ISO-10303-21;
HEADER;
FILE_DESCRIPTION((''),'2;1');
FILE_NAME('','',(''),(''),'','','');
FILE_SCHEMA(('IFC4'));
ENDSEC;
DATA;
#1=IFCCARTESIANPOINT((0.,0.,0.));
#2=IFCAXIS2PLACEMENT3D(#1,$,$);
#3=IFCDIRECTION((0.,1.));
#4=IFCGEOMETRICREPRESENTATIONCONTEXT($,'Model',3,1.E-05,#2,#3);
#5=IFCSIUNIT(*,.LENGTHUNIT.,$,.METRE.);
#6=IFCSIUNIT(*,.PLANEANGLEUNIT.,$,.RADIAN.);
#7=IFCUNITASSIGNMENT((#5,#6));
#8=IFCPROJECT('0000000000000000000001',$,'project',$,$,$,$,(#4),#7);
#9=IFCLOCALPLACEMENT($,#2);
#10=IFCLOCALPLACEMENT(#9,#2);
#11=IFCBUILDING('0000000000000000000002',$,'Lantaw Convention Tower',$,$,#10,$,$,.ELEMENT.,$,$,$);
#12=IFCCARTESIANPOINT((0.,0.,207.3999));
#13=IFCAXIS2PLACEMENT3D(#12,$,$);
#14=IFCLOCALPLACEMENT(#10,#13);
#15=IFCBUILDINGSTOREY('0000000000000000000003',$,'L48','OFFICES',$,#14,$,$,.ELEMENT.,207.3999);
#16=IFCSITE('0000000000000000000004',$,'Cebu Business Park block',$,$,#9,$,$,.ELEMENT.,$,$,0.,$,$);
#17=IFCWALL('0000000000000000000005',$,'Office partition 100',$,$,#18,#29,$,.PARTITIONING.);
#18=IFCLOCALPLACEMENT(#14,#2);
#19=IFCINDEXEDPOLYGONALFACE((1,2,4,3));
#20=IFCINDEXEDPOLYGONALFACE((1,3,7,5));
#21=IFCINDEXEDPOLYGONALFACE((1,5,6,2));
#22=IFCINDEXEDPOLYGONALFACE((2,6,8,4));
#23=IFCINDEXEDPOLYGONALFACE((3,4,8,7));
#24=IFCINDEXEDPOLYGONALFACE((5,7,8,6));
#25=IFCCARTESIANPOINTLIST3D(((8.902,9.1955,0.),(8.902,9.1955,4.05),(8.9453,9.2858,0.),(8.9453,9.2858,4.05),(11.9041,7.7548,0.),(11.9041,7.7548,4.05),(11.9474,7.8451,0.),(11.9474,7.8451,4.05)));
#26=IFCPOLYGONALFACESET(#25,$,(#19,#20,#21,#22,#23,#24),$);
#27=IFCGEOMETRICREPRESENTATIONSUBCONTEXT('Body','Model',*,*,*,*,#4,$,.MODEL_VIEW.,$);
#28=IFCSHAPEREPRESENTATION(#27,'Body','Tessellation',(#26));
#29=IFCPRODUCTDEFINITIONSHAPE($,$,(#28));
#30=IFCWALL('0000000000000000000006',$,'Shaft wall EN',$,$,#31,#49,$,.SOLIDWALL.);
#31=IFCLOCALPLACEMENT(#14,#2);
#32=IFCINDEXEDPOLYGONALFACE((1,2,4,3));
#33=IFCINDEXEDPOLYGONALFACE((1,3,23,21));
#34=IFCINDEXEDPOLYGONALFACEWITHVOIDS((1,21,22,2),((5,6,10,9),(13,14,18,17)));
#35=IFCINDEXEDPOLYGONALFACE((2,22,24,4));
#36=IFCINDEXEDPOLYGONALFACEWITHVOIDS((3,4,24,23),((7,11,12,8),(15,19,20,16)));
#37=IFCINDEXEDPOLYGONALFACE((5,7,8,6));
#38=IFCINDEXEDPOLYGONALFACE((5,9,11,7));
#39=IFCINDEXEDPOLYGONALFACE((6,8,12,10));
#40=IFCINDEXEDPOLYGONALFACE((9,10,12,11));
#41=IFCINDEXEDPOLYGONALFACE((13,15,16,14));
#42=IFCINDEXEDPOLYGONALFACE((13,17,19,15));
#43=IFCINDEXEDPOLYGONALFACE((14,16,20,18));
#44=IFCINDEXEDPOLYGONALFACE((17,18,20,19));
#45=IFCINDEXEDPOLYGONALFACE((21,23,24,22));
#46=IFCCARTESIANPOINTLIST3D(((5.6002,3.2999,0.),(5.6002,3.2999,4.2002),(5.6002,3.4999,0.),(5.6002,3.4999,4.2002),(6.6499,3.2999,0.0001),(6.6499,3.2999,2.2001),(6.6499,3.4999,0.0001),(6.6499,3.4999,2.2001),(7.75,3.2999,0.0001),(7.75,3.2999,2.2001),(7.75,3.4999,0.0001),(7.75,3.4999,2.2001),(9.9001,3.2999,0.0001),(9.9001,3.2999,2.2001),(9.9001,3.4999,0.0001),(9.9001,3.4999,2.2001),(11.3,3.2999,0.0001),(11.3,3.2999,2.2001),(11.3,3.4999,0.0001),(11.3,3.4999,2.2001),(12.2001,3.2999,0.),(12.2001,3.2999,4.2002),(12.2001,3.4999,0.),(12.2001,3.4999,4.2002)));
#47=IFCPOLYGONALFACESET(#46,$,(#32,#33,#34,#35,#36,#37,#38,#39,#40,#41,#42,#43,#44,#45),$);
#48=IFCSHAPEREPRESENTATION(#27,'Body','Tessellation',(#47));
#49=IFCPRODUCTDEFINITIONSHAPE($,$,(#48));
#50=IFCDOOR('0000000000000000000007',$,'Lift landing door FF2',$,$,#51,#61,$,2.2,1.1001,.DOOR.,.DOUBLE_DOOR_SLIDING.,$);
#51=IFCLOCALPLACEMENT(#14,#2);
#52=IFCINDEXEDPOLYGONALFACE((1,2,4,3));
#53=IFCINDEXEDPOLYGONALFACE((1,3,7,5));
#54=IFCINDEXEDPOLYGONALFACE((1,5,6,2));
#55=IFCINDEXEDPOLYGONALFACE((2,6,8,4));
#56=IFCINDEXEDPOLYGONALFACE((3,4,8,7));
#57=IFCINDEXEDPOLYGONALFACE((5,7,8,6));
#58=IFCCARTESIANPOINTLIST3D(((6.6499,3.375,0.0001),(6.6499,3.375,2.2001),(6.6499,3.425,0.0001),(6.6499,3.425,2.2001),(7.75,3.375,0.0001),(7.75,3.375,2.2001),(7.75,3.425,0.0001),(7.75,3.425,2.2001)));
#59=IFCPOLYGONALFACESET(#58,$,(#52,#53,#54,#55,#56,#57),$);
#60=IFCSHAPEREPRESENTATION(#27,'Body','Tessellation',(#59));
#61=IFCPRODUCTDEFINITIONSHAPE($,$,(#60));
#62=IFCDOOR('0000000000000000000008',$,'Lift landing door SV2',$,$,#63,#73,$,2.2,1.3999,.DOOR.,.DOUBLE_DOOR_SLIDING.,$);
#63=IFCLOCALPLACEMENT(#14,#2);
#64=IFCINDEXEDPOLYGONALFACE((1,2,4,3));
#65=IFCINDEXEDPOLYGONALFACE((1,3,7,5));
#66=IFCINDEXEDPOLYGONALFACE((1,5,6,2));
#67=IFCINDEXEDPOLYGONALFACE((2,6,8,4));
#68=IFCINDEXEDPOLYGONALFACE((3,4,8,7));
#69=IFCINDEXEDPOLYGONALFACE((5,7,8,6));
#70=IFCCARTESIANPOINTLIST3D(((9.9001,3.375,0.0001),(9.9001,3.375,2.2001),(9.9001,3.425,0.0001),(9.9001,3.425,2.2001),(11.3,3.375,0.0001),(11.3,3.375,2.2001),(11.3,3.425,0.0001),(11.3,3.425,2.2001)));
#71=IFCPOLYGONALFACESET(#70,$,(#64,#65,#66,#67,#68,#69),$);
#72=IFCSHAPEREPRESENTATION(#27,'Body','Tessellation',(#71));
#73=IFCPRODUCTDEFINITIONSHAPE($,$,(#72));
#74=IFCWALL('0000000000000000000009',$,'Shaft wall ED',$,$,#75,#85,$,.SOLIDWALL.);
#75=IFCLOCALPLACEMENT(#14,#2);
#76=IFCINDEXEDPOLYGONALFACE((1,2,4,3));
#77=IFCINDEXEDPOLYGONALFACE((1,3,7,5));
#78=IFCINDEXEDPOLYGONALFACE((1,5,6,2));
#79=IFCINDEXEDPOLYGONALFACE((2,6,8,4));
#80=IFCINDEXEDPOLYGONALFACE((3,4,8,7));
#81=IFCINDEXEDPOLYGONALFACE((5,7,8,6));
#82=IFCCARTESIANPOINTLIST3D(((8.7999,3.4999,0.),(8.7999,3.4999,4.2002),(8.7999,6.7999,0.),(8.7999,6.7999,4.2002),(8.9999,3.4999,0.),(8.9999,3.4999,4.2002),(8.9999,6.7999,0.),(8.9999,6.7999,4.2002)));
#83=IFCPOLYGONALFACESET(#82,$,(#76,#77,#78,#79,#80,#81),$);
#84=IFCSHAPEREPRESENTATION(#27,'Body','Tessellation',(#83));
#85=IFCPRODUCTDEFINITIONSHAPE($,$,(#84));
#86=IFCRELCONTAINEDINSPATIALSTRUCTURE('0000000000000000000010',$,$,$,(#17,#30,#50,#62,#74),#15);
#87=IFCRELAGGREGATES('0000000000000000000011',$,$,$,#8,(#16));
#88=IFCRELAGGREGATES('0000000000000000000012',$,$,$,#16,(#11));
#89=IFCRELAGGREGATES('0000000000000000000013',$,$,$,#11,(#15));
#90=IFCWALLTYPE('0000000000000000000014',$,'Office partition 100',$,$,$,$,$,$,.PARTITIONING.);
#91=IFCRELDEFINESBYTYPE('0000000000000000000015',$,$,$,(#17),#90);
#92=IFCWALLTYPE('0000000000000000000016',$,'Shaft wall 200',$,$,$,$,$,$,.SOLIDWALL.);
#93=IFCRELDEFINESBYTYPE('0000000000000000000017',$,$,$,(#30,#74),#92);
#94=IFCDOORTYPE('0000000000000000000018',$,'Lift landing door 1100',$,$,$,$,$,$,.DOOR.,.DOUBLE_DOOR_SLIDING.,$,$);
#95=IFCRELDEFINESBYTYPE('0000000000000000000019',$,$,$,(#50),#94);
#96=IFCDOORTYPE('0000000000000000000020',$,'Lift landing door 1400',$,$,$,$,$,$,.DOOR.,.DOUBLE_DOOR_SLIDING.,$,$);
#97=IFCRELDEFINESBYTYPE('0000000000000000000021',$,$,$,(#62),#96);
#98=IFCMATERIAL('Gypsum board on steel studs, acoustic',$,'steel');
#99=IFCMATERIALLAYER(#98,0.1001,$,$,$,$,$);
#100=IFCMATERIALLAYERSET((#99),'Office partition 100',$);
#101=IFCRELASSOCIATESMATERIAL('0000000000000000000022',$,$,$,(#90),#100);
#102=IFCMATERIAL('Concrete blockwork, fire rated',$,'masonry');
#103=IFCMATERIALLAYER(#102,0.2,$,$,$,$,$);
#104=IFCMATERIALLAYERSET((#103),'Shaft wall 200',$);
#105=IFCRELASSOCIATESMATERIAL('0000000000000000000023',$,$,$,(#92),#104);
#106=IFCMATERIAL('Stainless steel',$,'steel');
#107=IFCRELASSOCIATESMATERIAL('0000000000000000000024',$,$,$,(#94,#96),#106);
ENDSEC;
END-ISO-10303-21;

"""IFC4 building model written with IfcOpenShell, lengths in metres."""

from ifc_helpers import new_model, si_unit, direction, frame, frame_2d, origin, place, context, subcontext, project, spatial, rectangle, extrude, material, layer, layer_set, type_object, element, fill, save


model = new_model("IFC4")

# Units and contexts
model_context = context("Model", 3, precision=1e-05, world=origin(), true_north=direction((0.0, 1.0)))
body_context = subcontext(model_context, "Body", "Model", "MODEL_VIEW")
ifc_project = project(units=[si_unit("LENGTHUNIT", "METRE"), si_unit("PLANEANGLEUNIT", "RADIAN")], contexts=[model_context])

# Site, building, storey
site_placement = place(None, origin())
site = spatial("IfcSite", under=ifc_project, at=site_placement, Name="Cebu Business Park block", CompositionType="ELEMENT", RefElevation=0.0)
building_placement = place(site_placement, origin())
building = spatial("IfcBuilding", under=site, at=building_placement, Name="Lantaw Convention Tower", CompositionType="ELEMENT")
storey_placement = place(building_placement, frame((0.0, 0.0, 207.3999)))
storey = spatial("IfcBuildingStorey", under=building, at=storey_placement, Name="L48", Description="OFFICES", CompositionType="ELEMENT", Elevation=207.3999)

# Shared definitions
ifc_material_1 = material(Name="Gypsum board on steel studs, acoustic", Category="steel")
ifc_layer_1 = layer(ifc_material_1, 0.1001)
ifc_layer_set_1 = layer_set([ifc_layer_1], Name="Office partition 100")
wall_type_1 = type_object("IfcWallType", Name="Office partition 100", PredefinedType="PARTITIONING", material=ifc_layer_set_1)

# Wall
wall_1_placement = place(storey_placement, frame((8.9236, 9.2407, 0.0), z_axis=(0.0, 0.0, 1.0), x_axis=(0.901554, -0.432667, 0.0)))
element("IfcWall", 1, at=wall_1_placement, inside=storey, type_object=wall_type_1, Name="Office partition 100", PredefinedType="PARTITIONING", context=body_context, shape_type="SweptSolid", body=[
    extrude(rectangle(XDim=3.3298, YDim=0.1001, at=frame_2d((1.665, 0.0))), origin(), (0.0, 0.0, 1.0), 4.05),
])

# Wall, openings, doors
ifc_material_2 = material(Name="Concrete blockwork, fire rated", Category="masonry")
ifc_layer_2 = layer(ifc_material_2, 0.2)
ifc_layer_set_2 = layer_set([ifc_layer_2], Name="Shaft wall 200")
wall_type_2 = type_object("IfcWallType", Name="Shaft wall 200", PredefinedType="SOLIDWALL", material=ifc_layer_set_2)
wall_2_placement = place(storey_placement, frame((12.2, 3.3999, 0.0), z_axis=(0.0, 0.0, 1.0), x_axis=(-1.0, 0.0, 0.0)))
wall_2 = element("IfcWall", 2, at=wall_2_placement, inside=storey, type_object=wall_type_2, Name="Shaft wall EN", PredefinedType="SOLIDWALL", context=body_context, shape_type="SweptSolid", body=[
    extrude(rectangle(XDim=6.5999, YDim=0.2, at=frame_2d((3.2998, 0.0))), origin(), (0.0, 0.0, 1.0), 4.2002),
])
opening_1_placement = place(wall_2_placement, frame((4.45, 0.0, 0.0)))
opening_1 = element("IfcOpeningElement", 3, at=opening_1_placement, cuts=wall_2, PredefinedType="OPENING", context=body_context, shape_type="SweptSolid", body=[
    extrude(rectangle(XDim=1.1001, YDim=2.2, at=frame_2d((0.55, 1.1001))), frame((0.0, 0.1099, 0.0), z_axis=(0.0, -1.0, 0.0), x_axis=(1.0, 0.0, 0.0)), (0.0, 0.0, 1.0), 0.22),
])
opening_2_placement = place(wall_2_placement, frame((0.8999, 0.0, 0.0)))
opening_2 = element("IfcOpeningElement", 4, at=opening_2_placement, cuts=wall_2, PredefinedType="OPENING", context=body_context, shape_type="SweptSolid", body=[
    extrude(rectangle(XDim=1.3999, YDim=2.2, at=frame_2d((0.7, 1.1001))), frame((0.0, 0.1099, 0.0), z_axis=(0.0, -1.0, 0.0), x_axis=(1.0, 0.0, 0.0)), (0.0, 0.0, 1.0), 0.22),
])
ifc_material_3 = material(Name="Stainless steel", Category="steel")
door_type_1 = type_object("IfcDoorType", Name="Lift landing door 1100", OperationType="DOUBLE_DOOR_SLIDING", PredefinedType="DOOR", material=ifc_material_3)
door_1_placement = place(opening_1_placement, origin())
door_1 = element("IfcDoor", 5, at=door_1_placement, inside=storey, type_object=door_type_1, Name="Lift landing door FF2", OperationType="DOUBLE_DOOR_SLIDING", OverallHeight=2.2, OverallWidth=1.1001, PredefinedType="DOOR", context=body_context, shape_type="SweptSolid", body=[
    extrude(rectangle(XDim=1.1001, YDim=2.2, at=frame_2d((0.55, 1.1001))), frame((0.0, 0.0249, 0.0), z_axis=(0.0, -1.0, 0.0), x_axis=(1.0, 0.0, 0.0)), (0.0, 0.0, 1.0), 0.05),
])
fill(opening_1, door_1)
door_type_2 = type_object("IfcDoorType", Name="Lift landing door 1400", OperationType="DOUBLE_DOOR_SLIDING", PredefinedType="DOOR", material=ifc_material_3)
door_2_placement = place(opening_2_placement, origin())
door_2 = element("IfcDoor", 6, at=door_2_placement, inside=storey, type_object=door_type_2, Name="Lift landing door SV2", OperationType="DOUBLE_DOOR_SLIDING", OverallHeight=2.2, OverallWidth=1.3999, PredefinedType="DOOR", context=body_context, shape_type="SweptSolid", body=[
    extrude(rectangle(XDim=1.3999, YDim=2.2, at=frame_2d((0.7, 1.1001))), frame((0.0, 0.0249, 0.0), z_axis=(0.0, -1.0, 0.0), x_axis=(1.0, 0.0, 0.0)), (0.0, 0.0, 1.0), 0.05),
])
fill(opening_2, door_2)

# Wall
wall_3_placement = place(storey_placement, frame((8.8999, 3.5, 0.0), z_axis=(0.0, 0.0, 1.0), x_axis=(0.0, 1.0, 0.0)))
element("IfcWall", 7, at=wall_3_placement, inside=storey, type_object=wall_type_2, Name="Shaft wall ED", PredefinedType="SOLIDWALL", context=body_context, shape_type="SweptSolid", body=[
    extrude(rectangle(XDim=3.3, YDim=0.2, at=frame_2d((1.6499, 0.0))), origin(), (0.0, 0.0, 1.0), 4.2002),
])

save(model, "model.ifc")
